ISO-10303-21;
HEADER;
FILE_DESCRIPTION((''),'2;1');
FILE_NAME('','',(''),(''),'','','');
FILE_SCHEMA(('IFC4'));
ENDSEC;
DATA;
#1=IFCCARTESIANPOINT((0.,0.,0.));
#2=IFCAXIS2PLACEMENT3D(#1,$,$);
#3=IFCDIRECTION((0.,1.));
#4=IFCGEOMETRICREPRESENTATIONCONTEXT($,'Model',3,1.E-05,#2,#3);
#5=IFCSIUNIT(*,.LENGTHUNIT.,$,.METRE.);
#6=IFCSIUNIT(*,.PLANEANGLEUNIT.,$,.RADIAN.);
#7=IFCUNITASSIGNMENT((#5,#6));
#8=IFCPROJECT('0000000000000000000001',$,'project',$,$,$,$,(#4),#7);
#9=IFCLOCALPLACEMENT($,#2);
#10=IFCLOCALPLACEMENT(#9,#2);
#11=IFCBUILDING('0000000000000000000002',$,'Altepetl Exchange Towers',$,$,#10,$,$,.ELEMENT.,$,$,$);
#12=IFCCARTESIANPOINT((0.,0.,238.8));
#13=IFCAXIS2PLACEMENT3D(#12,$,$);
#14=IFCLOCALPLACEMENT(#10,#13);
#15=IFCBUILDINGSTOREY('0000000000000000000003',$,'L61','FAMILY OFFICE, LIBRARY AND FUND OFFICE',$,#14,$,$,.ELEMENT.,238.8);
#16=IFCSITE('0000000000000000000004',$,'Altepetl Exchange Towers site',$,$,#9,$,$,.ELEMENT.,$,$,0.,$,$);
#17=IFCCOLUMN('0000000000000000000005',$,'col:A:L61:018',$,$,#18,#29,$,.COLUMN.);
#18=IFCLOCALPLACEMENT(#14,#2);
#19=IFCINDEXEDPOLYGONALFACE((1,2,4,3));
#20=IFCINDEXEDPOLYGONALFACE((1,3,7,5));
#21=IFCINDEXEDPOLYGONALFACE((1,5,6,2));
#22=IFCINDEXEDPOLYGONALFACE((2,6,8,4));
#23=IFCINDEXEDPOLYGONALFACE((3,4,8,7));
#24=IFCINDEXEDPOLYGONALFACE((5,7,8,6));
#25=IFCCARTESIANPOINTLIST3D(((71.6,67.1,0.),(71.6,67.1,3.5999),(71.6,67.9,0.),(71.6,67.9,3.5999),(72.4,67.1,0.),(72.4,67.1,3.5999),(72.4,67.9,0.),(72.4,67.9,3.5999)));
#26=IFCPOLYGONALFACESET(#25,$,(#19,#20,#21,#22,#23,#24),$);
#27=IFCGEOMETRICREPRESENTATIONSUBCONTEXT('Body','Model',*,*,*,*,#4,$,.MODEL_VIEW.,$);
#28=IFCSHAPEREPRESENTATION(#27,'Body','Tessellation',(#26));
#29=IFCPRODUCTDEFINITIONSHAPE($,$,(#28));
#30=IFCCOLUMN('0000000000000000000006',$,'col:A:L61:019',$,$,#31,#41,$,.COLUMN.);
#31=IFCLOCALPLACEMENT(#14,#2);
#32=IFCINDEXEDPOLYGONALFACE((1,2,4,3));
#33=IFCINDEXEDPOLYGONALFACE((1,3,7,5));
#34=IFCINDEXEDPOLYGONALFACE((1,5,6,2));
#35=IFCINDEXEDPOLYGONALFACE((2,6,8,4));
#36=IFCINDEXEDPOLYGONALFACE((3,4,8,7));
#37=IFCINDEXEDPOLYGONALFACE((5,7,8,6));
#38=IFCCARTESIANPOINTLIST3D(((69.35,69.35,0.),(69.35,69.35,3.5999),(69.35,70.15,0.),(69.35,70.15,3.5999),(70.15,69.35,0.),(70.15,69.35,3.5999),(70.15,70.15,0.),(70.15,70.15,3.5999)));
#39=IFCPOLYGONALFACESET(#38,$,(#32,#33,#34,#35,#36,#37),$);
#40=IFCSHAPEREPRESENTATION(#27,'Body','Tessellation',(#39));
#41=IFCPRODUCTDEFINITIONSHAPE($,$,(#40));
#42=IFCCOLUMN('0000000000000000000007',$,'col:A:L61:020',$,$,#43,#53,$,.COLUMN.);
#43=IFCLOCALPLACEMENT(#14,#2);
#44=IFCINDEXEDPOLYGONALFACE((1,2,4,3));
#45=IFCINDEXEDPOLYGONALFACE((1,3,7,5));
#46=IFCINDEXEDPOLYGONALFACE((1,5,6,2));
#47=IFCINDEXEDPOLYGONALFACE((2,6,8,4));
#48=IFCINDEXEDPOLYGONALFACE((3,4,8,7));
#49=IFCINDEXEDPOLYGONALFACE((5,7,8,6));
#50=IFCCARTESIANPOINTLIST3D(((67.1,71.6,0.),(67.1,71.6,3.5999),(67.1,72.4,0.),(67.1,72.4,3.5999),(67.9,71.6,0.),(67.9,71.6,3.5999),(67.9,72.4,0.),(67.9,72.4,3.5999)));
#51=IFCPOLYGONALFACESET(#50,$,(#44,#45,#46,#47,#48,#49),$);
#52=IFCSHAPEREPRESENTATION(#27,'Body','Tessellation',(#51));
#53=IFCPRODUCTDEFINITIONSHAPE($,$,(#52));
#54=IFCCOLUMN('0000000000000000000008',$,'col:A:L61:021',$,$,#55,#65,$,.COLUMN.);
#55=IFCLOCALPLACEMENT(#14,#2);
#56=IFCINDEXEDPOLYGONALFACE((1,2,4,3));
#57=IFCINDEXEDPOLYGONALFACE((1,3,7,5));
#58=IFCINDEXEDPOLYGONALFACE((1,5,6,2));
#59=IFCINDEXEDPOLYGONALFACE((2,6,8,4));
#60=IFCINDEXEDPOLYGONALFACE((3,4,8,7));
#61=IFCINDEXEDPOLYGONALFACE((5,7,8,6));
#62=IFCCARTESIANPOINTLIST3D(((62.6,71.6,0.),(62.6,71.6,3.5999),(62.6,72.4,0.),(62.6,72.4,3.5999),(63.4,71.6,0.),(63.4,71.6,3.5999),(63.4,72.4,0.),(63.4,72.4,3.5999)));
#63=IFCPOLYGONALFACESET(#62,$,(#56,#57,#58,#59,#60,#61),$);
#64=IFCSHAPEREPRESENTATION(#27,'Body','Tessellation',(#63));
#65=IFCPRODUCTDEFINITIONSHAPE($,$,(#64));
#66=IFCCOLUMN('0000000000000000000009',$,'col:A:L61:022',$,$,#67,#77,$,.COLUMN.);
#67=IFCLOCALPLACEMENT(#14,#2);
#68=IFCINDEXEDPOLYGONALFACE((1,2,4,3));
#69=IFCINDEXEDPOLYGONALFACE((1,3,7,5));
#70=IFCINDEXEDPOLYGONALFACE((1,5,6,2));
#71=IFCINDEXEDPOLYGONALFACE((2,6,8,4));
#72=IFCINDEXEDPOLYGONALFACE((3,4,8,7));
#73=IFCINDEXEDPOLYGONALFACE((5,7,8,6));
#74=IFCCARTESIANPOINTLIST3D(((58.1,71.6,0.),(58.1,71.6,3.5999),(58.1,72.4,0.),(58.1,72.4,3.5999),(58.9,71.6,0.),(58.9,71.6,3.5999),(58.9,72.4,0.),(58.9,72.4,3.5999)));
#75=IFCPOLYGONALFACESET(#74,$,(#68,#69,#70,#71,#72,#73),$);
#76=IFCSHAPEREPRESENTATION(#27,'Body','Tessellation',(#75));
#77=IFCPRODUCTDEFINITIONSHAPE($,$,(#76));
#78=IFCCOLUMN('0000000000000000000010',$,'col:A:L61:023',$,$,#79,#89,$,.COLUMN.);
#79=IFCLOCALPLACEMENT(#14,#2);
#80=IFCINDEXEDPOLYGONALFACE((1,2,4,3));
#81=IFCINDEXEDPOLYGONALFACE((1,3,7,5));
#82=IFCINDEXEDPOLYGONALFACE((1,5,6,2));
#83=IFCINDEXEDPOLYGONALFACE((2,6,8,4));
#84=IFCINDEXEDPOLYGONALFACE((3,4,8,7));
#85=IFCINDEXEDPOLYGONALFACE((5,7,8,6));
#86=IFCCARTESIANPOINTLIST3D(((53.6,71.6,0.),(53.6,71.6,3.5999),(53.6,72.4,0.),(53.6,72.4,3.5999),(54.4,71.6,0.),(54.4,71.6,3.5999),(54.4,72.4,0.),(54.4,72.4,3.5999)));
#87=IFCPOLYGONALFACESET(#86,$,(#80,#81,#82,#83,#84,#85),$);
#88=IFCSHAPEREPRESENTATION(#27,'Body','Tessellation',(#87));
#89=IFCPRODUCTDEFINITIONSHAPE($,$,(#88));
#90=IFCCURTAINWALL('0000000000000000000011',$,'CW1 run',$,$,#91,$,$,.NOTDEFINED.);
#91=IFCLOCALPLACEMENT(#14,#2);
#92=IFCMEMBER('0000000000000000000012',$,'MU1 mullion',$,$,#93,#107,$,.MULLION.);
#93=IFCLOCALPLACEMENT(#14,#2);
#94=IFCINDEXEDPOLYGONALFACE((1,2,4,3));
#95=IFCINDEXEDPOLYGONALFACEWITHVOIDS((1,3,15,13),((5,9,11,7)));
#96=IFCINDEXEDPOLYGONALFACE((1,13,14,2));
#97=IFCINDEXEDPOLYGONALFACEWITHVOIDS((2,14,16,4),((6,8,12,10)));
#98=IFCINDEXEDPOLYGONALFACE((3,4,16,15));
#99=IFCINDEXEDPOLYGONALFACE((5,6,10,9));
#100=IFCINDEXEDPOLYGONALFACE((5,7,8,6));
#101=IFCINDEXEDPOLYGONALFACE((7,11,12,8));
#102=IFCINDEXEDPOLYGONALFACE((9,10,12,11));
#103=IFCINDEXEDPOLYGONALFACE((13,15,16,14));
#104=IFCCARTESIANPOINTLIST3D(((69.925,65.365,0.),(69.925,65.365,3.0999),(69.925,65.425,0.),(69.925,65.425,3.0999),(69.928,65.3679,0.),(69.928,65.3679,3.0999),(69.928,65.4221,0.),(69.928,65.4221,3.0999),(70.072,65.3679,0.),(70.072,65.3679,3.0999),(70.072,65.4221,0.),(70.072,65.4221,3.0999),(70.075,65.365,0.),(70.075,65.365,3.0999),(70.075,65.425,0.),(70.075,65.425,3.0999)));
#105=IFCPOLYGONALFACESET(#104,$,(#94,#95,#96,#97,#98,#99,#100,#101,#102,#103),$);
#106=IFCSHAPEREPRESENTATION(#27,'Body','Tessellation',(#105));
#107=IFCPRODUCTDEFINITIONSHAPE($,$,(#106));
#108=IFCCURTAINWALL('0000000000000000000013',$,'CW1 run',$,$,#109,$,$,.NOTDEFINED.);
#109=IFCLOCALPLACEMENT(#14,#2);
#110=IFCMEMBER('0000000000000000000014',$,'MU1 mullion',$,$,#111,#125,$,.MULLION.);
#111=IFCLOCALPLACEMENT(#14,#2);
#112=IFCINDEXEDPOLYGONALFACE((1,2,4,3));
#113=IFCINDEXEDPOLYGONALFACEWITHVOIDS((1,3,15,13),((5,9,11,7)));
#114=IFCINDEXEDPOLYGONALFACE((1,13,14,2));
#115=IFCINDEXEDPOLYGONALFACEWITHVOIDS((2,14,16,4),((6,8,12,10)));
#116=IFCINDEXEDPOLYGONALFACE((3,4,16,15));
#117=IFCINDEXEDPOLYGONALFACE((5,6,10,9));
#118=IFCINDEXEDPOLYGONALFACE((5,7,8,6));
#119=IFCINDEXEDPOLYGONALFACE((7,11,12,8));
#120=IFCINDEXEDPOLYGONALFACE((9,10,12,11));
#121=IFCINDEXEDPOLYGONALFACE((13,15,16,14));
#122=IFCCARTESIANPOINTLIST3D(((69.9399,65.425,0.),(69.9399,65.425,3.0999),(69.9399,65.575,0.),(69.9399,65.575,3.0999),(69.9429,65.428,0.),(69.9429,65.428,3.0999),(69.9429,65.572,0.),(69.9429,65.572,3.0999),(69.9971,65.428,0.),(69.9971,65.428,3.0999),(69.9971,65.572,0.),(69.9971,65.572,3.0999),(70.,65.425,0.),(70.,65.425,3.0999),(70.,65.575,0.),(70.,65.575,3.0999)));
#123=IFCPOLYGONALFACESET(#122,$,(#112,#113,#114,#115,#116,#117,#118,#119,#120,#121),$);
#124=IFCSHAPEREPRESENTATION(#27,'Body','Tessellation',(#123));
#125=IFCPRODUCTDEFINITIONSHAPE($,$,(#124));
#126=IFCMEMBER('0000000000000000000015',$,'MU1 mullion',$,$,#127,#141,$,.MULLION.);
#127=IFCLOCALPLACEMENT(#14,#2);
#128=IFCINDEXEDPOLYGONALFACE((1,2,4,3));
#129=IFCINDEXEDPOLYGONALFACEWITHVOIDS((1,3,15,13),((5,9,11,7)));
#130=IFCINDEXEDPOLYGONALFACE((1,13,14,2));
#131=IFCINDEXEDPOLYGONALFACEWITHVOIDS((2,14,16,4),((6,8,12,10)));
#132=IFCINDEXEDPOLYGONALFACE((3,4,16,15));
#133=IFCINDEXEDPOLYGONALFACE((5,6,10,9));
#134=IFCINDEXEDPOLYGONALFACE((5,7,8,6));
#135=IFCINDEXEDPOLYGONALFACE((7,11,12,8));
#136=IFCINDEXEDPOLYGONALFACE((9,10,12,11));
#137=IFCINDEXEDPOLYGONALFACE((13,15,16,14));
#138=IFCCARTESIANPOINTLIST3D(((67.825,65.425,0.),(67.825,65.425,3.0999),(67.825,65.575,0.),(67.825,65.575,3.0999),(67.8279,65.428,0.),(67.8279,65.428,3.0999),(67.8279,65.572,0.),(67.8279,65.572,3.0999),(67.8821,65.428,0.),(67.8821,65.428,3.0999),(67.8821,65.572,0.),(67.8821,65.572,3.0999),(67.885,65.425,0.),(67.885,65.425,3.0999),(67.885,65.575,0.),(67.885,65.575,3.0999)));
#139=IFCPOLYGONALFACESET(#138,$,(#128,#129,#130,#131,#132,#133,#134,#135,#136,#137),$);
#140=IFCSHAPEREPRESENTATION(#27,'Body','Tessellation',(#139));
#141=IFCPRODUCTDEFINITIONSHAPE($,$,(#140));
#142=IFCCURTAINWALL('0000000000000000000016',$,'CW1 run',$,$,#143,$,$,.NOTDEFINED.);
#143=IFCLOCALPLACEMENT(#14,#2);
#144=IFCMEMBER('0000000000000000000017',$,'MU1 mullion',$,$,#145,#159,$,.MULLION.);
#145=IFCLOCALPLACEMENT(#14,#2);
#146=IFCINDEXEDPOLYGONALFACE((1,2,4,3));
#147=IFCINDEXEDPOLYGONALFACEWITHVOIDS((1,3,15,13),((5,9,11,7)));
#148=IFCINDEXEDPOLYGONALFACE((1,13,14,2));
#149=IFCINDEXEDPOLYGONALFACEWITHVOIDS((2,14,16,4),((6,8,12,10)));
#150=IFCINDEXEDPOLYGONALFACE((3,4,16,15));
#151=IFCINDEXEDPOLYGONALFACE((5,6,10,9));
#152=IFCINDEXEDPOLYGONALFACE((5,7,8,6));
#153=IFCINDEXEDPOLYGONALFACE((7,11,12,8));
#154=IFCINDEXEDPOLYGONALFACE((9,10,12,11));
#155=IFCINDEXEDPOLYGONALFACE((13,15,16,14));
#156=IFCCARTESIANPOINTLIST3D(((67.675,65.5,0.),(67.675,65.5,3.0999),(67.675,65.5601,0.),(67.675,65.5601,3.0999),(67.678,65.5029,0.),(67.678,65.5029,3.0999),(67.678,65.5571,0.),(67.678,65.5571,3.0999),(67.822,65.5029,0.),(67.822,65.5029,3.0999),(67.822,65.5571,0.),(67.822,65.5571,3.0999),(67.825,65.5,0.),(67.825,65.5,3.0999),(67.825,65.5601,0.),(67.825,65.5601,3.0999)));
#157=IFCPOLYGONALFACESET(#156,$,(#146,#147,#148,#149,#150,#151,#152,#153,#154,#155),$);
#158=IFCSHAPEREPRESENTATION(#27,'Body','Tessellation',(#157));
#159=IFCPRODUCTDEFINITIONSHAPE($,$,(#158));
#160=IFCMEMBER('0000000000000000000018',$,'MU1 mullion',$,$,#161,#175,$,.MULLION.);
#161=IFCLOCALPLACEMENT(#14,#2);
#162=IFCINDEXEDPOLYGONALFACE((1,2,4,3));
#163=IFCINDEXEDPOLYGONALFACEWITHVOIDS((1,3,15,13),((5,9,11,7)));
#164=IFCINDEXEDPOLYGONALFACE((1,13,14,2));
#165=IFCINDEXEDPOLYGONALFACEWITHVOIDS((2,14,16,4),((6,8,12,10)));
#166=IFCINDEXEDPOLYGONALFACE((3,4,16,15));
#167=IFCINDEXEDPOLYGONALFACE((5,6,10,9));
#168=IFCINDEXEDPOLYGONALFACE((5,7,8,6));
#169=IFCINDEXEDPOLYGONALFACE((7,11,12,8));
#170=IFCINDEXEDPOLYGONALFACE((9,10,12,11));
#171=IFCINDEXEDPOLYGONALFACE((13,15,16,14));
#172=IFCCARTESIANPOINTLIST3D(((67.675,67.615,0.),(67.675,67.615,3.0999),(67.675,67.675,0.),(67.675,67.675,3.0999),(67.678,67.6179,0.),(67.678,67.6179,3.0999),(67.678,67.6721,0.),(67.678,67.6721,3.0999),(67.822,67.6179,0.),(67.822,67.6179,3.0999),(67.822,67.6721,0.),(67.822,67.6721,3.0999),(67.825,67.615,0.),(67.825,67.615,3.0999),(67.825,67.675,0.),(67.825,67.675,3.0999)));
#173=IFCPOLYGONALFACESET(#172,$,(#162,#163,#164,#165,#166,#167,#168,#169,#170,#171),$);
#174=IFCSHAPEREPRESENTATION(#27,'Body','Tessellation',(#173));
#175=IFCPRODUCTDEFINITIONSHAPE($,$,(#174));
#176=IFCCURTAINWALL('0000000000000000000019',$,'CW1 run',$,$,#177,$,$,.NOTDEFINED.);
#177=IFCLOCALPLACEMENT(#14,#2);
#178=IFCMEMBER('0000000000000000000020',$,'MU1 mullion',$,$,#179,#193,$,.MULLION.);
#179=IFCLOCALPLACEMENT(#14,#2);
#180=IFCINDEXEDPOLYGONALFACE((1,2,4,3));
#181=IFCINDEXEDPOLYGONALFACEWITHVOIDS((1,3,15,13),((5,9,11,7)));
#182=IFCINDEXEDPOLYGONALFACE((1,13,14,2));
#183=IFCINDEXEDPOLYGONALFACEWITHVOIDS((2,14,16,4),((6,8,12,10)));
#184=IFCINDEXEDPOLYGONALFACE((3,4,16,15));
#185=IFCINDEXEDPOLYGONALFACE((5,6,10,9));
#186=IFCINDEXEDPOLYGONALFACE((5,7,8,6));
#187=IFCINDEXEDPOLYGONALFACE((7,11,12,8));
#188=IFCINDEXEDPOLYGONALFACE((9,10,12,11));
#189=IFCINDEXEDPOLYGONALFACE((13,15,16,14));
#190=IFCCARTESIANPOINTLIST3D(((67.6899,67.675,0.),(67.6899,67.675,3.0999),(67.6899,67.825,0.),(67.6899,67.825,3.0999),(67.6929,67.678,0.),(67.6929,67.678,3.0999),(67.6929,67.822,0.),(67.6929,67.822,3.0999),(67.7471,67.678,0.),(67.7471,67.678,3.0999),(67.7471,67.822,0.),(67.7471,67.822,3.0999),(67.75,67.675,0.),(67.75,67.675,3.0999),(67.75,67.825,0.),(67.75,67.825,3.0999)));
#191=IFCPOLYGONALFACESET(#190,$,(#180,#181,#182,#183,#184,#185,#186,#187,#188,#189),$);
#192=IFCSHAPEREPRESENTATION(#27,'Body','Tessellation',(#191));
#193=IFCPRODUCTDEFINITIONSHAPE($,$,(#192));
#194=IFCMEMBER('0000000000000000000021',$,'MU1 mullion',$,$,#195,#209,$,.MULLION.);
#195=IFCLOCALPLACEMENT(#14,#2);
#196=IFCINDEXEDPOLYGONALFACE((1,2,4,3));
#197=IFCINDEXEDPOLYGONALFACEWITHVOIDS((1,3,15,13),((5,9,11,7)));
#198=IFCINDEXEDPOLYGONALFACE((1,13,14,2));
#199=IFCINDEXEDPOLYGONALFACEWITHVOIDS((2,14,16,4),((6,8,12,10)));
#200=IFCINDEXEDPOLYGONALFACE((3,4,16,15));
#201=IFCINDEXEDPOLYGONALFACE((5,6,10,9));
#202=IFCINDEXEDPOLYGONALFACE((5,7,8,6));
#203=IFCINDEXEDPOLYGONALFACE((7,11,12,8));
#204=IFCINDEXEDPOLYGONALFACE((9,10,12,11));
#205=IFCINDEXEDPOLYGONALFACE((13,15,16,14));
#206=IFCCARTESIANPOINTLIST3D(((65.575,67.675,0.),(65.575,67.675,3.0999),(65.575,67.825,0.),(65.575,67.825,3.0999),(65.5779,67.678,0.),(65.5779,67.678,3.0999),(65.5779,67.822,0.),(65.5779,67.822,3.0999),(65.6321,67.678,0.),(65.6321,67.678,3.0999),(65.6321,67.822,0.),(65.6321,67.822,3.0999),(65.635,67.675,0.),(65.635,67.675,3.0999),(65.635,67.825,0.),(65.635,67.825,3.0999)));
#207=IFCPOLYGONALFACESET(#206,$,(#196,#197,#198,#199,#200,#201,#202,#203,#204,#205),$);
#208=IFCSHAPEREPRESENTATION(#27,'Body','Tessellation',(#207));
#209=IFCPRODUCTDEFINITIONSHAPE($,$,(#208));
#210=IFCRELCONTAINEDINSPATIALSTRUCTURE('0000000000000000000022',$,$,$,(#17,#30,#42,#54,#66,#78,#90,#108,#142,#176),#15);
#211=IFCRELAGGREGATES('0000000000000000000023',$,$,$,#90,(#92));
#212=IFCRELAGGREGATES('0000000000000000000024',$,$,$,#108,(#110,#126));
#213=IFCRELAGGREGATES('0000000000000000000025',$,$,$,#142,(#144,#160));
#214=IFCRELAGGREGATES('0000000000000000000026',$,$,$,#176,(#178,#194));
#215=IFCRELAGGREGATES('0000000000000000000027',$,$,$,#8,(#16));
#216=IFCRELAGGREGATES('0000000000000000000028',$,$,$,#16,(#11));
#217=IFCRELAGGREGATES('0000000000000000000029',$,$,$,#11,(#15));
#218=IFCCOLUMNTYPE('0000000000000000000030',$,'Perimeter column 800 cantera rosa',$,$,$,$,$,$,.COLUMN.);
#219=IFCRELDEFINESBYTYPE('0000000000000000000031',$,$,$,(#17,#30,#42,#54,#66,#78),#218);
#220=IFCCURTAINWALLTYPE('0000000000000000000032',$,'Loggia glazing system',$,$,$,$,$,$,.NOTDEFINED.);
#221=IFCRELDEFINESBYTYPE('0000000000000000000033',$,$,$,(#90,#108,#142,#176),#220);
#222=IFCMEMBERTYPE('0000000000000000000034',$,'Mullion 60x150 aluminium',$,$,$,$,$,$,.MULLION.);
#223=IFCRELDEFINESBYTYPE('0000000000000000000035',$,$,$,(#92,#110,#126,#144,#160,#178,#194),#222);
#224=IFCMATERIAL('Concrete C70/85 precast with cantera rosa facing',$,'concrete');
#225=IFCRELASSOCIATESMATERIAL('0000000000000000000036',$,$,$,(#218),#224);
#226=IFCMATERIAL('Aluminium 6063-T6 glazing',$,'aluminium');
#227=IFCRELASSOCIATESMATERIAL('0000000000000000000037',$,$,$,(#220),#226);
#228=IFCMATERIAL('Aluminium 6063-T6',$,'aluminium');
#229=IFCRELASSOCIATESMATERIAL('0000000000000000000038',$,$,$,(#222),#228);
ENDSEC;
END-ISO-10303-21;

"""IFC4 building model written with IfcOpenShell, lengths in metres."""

from ifc_helpers import new_model, si_unit, direction, frame, origin, origin_2d, place, context, subcontext, project, spatial, rectangle, hollow_rectangle, extrude, material, material_profile, profile_set, type_object, element, aggregate, save


model = new_model("IFC4")

# Units and contexts
model_context = context("Model", 3, precision=1e-05, world=origin(), true_north=direction((0.0, 1.0)))
body_context = subcontext(model_context, "Body", "Model", "MODEL_VIEW")
ifc_project = project(units=[si_unit("LENGTHUNIT", "METRE"), si_unit("PLANEANGLEUNIT", "RADIAN")], contexts=[model_context])

# Site, building, storey
site_placement = place(None, origin())
site = spatial("IfcSite", under=ifc_project, at=site_placement, Name="Altepetl Exchange Towers site", CompositionType="ELEMENT", RefElevation=0.0)
building_placement = place(site_placement, origin())
building = spatial("IfcBuilding", under=site, at=building_placement, Name="Altepetl Exchange Towers", CompositionType="ELEMENT")
storey_placement = place(building_placement, frame((0.0, 0.0, 238.8)))
storey = spatial("IfcBuildingStorey", under=building, at=storey_placement, Name="L61", Description="FAMILY OFFICE, LIBRARY AND FUND OFFICE", CompositionType="ELEMENT", Elevation=238.8)

# Columns
ifc_material_1 = material(Name="Concrete C70/85 precast with cantera rosa facing", Category="concrete")
ifc_material_profile_1 = material_profile(ifc_material_1, rectangle(XDim=0.8, YDim=0.8, at=origin_2d()), Name="800 x 800")
ifc_profile_set_1 = profile_set([ifc_material_profile_1], Name="Concrete C70/85 precast with cantera rosa facing")
column_type = type_object("IfcColumnType", Name="Perimeter column 800 cantera rosa", PredefinedType="COLUMN", material=ifc_profile_set_1)
for number, where, name in (
    (1, (72.0, 67.5, 0.0), "col:A:L61:018"),
    (2, (69.75, 69.75, 0.0), "col:A:L61:019"),
    (3, (67.5, 72.0, 0.0), "col:A:L61:020"),
    (4, (63.0, 72.0, 0.0), "col:A:L61:021"),
    (5, (58.5, 72.0, 0.0), "col:A:L61:022"),
    (6, (54.0, 72.0, 0.0), "col:A:L61:023"),
):
    element("IfcColumn", number, at=place(storey_placement, frame(where)), inside=storey, type_object=column_type, Name=name, PredefinedType="COLUMN", context=body_context, shape_type="SweptSolid", body=[
        extrude(rectangle(XDim=0.8, YDim=0.8, at=origin_2d()), origin(), (0.0, 0.0, 1.0), 3.5999),
    ])

# Curtain wall, member
ifc_material_2 = material(Name="Aluminium 6063-T6 glazing", Category="aluminium")
curtain_wall_type = type_object("IfcCurtainWallType", Name="Loggia glazing system", PredefinedType="NOTDEFINED", material=ifc_material_2)
curtain_wall_1_placement = place(storey_placement, origin())
curtain_wall_1 = element("IfcCurtainWall", 7, at=curtain_wall_1_placement, inside=storey, type_object=curtain_wall_type, Name="CW1 run", PredefinedType="NOTDEFINED")
ifc_material_3 = material(Name="Aluminium 6063-T6", Category="aluminium")
ifc_material_profile_2 = material_profile(ifc_material_3, hollow_rectangle(XDim=0.0601, YDim=0.1499, WallThickness=0.0029, at=origin_2d()), Name="Mullion 60x150 aluminium")
ifc_profile_set_2 = profile_set([ifc_material_profile_2], Name="Aluminium 6063-T6")
member_type = type_object("IfcMemberType", Name="Mullion 60x150 aluminium", PredefinedType="MULLION", material=ifc_profile_set_2)
member_1_placement = place(storey_placement, frame((70.0, 65.395, 0.0), z_axis=(0.0, 0.0, 1.0), x_axis=(0.0, 1.0, 0.0)))
member_1 = element("IfcMember", 8, at=member_1_placement, type_object=member_type, Name="MU1 mullion", PredefinedType="MULLION", context=body_context, shape_type="SweptSolid", body=[
    extrude(hollow_rectangle(XDim=0.0601, YDim=0.1499, WallThickness=0.0029, at=origin_2d()), origin(), (0.0, 0.0, 1.0), 3.0999),
])

# Curtain walls, members
curtain_wall_2_placement = place(storey_placement, origin())
curtain_wall_2 = element("IfcCurtainWall", 9, at=curtain_wall_2_placement, inside=storey, type_object=curtain_wall_type, Name="CW1 run", PredefinedType="NOTDEFINED")
member_2_placement = place(storey_placement, frame((69.97, 65.5, 0.0), z_axis=(0.0, 0.0, 1.0), x_axis=(-1.0, 0.0, 0.0)))
member_2 = element("IfcMember", 10, at=member_2_placement, type_object=member_type, Name="MU1 mullion", PredefinedType="MULLION", context=body_context, shape_type="SweptSolid", body=[
    extrude(hollow_rectangle(XDim=0.0601, YDim=0.1499, WallThickness=0.0029, at=origin_2d()), origin(), (0.0, 0.0, 1.0), 3.0999),
])
member_3_placement = place(storey_placement, frame((67.855, 65.5, 0.0), z_axis=(0.0, 0.0, 1.0), x_axis=(-1.0, 0.0, 0.0)))
member_3 = element("IfcMember", 11, at=member_3_placement, type_object=member_type, Name="MU1 mullion", PredefinedType="MULLION", context=body_context, shape_type="SweptSolid", body=[
    extrude(hollow_rectangle(XDim=0.0601, YDim=0.1499, WallThickness=0.0029, at=origin_2d()), origin(), (0.0, 0.0, 1.0), 3.0999),
])
curtain_wall_3_placement = place(storey_placement, origin())
curtain_wall_3 = element("IfcCurtainWall", 12, at=curtain_wall_3_placement, inside=storey, type_object=curtain_wall_type, Name="CW1 run", PredefinedType="NOTDEFINED")
member_4_placement = place(storey_placement, frame((67.75, 65.53, 0.0), z_axis=(0.0, 0.0, 1.0), x_axis=(0.0, 1.0, 0.0)))
member_4 = element("IfcMember", 13, at=member_4_placement, type_object=member_type, Name="MU1 mullion", PredefinedType="MULLION", context=body_context, shape_type="SweptSolid", body=[
    extrude(hollow_rectangle(XDim=0.0601, YDim=0.1499, WallThickness=0.0029, at=origin_2d()), origin(), (0.0, 0.0, 1.0), 3.0999),
])
member_5_placement = place(storey_placement, frame((67.75, 67.645, 0.0), z_axis=(0.0, 0.0, 1.0), x_axis=(0.0, 1.0, 0.0)))
member_5 = element("IfcMember", 14, at=member_5_placement, type_object=member_type, Name="MU1 mullion", PredefinedType="MULLION", context=body_context, shape_type="SweptSolid", body=[
    extrude(hollow_rectangle(XDim=0.0601, YDim=0.1499, WallThickness=0.0029, at=origin_2d()), origin(), (0.0, 0.0, 1.0), 3.0999),
])
curtain_wall_4_placement = place(storey_placement, origin())
curtain_wall_4 = element("IfcCurtainWall", 15, at=curtain_wall_4_placement, inside=storey, type_object=curtain_wall_type, Name="CW1 run", PredefinedType="NOTDEFINED")
member_6_placement = place(storey_placement, frame((67.72, 67.75, 0.0), z_axis=(0.0, 0.0, 1.0), x_axis=(-1.0, 0.0, 0.0)))
member_6 = element("IfcMember", 16, at=member_6_placement, type_object=member_type, Name="MU1 mullion", PredefinedType="MULLION", context=body_context, shape_type="SweptSolid", body=[
    extrude(hollow_rectangle(XDim=0.0601, YDim=0.1499, WallThickness=0.0029, at=origin_2d()), origin(), (0.0, 0.0, 1.0), 3.0999),
])
member_7_placement = place(storey_placement, frame((65.605, 67.75, 0.0), z_axis=(0.0, 0.0, 1.0), x_axis=(-1.0, 0.0, 0.0)))
member_7 = element("IfcMember", 17, at=member_7_placement, type_object=member_type, Name="MU1 mullion", PredefinedType="MULLION", context=body_context, shape_type="SweptSolid", body=[
    extrude(hollow_rectangle(XDim=0.0601, YDim=0.1499, WallThickness=0.0029, at=origin_2d()), origin(), (0.0, 0.0, 1.0), 3.0999),
])

aggregate(curtain_wall_1, [member_1])
aggregate(curtain_wall_2, [member_2, member_3])
aggregate(curtain_wall_3, [member_4, member_5])
aggregate(curtain_wall_4, [member_6, member_7])

save(model, "model.ifc")
